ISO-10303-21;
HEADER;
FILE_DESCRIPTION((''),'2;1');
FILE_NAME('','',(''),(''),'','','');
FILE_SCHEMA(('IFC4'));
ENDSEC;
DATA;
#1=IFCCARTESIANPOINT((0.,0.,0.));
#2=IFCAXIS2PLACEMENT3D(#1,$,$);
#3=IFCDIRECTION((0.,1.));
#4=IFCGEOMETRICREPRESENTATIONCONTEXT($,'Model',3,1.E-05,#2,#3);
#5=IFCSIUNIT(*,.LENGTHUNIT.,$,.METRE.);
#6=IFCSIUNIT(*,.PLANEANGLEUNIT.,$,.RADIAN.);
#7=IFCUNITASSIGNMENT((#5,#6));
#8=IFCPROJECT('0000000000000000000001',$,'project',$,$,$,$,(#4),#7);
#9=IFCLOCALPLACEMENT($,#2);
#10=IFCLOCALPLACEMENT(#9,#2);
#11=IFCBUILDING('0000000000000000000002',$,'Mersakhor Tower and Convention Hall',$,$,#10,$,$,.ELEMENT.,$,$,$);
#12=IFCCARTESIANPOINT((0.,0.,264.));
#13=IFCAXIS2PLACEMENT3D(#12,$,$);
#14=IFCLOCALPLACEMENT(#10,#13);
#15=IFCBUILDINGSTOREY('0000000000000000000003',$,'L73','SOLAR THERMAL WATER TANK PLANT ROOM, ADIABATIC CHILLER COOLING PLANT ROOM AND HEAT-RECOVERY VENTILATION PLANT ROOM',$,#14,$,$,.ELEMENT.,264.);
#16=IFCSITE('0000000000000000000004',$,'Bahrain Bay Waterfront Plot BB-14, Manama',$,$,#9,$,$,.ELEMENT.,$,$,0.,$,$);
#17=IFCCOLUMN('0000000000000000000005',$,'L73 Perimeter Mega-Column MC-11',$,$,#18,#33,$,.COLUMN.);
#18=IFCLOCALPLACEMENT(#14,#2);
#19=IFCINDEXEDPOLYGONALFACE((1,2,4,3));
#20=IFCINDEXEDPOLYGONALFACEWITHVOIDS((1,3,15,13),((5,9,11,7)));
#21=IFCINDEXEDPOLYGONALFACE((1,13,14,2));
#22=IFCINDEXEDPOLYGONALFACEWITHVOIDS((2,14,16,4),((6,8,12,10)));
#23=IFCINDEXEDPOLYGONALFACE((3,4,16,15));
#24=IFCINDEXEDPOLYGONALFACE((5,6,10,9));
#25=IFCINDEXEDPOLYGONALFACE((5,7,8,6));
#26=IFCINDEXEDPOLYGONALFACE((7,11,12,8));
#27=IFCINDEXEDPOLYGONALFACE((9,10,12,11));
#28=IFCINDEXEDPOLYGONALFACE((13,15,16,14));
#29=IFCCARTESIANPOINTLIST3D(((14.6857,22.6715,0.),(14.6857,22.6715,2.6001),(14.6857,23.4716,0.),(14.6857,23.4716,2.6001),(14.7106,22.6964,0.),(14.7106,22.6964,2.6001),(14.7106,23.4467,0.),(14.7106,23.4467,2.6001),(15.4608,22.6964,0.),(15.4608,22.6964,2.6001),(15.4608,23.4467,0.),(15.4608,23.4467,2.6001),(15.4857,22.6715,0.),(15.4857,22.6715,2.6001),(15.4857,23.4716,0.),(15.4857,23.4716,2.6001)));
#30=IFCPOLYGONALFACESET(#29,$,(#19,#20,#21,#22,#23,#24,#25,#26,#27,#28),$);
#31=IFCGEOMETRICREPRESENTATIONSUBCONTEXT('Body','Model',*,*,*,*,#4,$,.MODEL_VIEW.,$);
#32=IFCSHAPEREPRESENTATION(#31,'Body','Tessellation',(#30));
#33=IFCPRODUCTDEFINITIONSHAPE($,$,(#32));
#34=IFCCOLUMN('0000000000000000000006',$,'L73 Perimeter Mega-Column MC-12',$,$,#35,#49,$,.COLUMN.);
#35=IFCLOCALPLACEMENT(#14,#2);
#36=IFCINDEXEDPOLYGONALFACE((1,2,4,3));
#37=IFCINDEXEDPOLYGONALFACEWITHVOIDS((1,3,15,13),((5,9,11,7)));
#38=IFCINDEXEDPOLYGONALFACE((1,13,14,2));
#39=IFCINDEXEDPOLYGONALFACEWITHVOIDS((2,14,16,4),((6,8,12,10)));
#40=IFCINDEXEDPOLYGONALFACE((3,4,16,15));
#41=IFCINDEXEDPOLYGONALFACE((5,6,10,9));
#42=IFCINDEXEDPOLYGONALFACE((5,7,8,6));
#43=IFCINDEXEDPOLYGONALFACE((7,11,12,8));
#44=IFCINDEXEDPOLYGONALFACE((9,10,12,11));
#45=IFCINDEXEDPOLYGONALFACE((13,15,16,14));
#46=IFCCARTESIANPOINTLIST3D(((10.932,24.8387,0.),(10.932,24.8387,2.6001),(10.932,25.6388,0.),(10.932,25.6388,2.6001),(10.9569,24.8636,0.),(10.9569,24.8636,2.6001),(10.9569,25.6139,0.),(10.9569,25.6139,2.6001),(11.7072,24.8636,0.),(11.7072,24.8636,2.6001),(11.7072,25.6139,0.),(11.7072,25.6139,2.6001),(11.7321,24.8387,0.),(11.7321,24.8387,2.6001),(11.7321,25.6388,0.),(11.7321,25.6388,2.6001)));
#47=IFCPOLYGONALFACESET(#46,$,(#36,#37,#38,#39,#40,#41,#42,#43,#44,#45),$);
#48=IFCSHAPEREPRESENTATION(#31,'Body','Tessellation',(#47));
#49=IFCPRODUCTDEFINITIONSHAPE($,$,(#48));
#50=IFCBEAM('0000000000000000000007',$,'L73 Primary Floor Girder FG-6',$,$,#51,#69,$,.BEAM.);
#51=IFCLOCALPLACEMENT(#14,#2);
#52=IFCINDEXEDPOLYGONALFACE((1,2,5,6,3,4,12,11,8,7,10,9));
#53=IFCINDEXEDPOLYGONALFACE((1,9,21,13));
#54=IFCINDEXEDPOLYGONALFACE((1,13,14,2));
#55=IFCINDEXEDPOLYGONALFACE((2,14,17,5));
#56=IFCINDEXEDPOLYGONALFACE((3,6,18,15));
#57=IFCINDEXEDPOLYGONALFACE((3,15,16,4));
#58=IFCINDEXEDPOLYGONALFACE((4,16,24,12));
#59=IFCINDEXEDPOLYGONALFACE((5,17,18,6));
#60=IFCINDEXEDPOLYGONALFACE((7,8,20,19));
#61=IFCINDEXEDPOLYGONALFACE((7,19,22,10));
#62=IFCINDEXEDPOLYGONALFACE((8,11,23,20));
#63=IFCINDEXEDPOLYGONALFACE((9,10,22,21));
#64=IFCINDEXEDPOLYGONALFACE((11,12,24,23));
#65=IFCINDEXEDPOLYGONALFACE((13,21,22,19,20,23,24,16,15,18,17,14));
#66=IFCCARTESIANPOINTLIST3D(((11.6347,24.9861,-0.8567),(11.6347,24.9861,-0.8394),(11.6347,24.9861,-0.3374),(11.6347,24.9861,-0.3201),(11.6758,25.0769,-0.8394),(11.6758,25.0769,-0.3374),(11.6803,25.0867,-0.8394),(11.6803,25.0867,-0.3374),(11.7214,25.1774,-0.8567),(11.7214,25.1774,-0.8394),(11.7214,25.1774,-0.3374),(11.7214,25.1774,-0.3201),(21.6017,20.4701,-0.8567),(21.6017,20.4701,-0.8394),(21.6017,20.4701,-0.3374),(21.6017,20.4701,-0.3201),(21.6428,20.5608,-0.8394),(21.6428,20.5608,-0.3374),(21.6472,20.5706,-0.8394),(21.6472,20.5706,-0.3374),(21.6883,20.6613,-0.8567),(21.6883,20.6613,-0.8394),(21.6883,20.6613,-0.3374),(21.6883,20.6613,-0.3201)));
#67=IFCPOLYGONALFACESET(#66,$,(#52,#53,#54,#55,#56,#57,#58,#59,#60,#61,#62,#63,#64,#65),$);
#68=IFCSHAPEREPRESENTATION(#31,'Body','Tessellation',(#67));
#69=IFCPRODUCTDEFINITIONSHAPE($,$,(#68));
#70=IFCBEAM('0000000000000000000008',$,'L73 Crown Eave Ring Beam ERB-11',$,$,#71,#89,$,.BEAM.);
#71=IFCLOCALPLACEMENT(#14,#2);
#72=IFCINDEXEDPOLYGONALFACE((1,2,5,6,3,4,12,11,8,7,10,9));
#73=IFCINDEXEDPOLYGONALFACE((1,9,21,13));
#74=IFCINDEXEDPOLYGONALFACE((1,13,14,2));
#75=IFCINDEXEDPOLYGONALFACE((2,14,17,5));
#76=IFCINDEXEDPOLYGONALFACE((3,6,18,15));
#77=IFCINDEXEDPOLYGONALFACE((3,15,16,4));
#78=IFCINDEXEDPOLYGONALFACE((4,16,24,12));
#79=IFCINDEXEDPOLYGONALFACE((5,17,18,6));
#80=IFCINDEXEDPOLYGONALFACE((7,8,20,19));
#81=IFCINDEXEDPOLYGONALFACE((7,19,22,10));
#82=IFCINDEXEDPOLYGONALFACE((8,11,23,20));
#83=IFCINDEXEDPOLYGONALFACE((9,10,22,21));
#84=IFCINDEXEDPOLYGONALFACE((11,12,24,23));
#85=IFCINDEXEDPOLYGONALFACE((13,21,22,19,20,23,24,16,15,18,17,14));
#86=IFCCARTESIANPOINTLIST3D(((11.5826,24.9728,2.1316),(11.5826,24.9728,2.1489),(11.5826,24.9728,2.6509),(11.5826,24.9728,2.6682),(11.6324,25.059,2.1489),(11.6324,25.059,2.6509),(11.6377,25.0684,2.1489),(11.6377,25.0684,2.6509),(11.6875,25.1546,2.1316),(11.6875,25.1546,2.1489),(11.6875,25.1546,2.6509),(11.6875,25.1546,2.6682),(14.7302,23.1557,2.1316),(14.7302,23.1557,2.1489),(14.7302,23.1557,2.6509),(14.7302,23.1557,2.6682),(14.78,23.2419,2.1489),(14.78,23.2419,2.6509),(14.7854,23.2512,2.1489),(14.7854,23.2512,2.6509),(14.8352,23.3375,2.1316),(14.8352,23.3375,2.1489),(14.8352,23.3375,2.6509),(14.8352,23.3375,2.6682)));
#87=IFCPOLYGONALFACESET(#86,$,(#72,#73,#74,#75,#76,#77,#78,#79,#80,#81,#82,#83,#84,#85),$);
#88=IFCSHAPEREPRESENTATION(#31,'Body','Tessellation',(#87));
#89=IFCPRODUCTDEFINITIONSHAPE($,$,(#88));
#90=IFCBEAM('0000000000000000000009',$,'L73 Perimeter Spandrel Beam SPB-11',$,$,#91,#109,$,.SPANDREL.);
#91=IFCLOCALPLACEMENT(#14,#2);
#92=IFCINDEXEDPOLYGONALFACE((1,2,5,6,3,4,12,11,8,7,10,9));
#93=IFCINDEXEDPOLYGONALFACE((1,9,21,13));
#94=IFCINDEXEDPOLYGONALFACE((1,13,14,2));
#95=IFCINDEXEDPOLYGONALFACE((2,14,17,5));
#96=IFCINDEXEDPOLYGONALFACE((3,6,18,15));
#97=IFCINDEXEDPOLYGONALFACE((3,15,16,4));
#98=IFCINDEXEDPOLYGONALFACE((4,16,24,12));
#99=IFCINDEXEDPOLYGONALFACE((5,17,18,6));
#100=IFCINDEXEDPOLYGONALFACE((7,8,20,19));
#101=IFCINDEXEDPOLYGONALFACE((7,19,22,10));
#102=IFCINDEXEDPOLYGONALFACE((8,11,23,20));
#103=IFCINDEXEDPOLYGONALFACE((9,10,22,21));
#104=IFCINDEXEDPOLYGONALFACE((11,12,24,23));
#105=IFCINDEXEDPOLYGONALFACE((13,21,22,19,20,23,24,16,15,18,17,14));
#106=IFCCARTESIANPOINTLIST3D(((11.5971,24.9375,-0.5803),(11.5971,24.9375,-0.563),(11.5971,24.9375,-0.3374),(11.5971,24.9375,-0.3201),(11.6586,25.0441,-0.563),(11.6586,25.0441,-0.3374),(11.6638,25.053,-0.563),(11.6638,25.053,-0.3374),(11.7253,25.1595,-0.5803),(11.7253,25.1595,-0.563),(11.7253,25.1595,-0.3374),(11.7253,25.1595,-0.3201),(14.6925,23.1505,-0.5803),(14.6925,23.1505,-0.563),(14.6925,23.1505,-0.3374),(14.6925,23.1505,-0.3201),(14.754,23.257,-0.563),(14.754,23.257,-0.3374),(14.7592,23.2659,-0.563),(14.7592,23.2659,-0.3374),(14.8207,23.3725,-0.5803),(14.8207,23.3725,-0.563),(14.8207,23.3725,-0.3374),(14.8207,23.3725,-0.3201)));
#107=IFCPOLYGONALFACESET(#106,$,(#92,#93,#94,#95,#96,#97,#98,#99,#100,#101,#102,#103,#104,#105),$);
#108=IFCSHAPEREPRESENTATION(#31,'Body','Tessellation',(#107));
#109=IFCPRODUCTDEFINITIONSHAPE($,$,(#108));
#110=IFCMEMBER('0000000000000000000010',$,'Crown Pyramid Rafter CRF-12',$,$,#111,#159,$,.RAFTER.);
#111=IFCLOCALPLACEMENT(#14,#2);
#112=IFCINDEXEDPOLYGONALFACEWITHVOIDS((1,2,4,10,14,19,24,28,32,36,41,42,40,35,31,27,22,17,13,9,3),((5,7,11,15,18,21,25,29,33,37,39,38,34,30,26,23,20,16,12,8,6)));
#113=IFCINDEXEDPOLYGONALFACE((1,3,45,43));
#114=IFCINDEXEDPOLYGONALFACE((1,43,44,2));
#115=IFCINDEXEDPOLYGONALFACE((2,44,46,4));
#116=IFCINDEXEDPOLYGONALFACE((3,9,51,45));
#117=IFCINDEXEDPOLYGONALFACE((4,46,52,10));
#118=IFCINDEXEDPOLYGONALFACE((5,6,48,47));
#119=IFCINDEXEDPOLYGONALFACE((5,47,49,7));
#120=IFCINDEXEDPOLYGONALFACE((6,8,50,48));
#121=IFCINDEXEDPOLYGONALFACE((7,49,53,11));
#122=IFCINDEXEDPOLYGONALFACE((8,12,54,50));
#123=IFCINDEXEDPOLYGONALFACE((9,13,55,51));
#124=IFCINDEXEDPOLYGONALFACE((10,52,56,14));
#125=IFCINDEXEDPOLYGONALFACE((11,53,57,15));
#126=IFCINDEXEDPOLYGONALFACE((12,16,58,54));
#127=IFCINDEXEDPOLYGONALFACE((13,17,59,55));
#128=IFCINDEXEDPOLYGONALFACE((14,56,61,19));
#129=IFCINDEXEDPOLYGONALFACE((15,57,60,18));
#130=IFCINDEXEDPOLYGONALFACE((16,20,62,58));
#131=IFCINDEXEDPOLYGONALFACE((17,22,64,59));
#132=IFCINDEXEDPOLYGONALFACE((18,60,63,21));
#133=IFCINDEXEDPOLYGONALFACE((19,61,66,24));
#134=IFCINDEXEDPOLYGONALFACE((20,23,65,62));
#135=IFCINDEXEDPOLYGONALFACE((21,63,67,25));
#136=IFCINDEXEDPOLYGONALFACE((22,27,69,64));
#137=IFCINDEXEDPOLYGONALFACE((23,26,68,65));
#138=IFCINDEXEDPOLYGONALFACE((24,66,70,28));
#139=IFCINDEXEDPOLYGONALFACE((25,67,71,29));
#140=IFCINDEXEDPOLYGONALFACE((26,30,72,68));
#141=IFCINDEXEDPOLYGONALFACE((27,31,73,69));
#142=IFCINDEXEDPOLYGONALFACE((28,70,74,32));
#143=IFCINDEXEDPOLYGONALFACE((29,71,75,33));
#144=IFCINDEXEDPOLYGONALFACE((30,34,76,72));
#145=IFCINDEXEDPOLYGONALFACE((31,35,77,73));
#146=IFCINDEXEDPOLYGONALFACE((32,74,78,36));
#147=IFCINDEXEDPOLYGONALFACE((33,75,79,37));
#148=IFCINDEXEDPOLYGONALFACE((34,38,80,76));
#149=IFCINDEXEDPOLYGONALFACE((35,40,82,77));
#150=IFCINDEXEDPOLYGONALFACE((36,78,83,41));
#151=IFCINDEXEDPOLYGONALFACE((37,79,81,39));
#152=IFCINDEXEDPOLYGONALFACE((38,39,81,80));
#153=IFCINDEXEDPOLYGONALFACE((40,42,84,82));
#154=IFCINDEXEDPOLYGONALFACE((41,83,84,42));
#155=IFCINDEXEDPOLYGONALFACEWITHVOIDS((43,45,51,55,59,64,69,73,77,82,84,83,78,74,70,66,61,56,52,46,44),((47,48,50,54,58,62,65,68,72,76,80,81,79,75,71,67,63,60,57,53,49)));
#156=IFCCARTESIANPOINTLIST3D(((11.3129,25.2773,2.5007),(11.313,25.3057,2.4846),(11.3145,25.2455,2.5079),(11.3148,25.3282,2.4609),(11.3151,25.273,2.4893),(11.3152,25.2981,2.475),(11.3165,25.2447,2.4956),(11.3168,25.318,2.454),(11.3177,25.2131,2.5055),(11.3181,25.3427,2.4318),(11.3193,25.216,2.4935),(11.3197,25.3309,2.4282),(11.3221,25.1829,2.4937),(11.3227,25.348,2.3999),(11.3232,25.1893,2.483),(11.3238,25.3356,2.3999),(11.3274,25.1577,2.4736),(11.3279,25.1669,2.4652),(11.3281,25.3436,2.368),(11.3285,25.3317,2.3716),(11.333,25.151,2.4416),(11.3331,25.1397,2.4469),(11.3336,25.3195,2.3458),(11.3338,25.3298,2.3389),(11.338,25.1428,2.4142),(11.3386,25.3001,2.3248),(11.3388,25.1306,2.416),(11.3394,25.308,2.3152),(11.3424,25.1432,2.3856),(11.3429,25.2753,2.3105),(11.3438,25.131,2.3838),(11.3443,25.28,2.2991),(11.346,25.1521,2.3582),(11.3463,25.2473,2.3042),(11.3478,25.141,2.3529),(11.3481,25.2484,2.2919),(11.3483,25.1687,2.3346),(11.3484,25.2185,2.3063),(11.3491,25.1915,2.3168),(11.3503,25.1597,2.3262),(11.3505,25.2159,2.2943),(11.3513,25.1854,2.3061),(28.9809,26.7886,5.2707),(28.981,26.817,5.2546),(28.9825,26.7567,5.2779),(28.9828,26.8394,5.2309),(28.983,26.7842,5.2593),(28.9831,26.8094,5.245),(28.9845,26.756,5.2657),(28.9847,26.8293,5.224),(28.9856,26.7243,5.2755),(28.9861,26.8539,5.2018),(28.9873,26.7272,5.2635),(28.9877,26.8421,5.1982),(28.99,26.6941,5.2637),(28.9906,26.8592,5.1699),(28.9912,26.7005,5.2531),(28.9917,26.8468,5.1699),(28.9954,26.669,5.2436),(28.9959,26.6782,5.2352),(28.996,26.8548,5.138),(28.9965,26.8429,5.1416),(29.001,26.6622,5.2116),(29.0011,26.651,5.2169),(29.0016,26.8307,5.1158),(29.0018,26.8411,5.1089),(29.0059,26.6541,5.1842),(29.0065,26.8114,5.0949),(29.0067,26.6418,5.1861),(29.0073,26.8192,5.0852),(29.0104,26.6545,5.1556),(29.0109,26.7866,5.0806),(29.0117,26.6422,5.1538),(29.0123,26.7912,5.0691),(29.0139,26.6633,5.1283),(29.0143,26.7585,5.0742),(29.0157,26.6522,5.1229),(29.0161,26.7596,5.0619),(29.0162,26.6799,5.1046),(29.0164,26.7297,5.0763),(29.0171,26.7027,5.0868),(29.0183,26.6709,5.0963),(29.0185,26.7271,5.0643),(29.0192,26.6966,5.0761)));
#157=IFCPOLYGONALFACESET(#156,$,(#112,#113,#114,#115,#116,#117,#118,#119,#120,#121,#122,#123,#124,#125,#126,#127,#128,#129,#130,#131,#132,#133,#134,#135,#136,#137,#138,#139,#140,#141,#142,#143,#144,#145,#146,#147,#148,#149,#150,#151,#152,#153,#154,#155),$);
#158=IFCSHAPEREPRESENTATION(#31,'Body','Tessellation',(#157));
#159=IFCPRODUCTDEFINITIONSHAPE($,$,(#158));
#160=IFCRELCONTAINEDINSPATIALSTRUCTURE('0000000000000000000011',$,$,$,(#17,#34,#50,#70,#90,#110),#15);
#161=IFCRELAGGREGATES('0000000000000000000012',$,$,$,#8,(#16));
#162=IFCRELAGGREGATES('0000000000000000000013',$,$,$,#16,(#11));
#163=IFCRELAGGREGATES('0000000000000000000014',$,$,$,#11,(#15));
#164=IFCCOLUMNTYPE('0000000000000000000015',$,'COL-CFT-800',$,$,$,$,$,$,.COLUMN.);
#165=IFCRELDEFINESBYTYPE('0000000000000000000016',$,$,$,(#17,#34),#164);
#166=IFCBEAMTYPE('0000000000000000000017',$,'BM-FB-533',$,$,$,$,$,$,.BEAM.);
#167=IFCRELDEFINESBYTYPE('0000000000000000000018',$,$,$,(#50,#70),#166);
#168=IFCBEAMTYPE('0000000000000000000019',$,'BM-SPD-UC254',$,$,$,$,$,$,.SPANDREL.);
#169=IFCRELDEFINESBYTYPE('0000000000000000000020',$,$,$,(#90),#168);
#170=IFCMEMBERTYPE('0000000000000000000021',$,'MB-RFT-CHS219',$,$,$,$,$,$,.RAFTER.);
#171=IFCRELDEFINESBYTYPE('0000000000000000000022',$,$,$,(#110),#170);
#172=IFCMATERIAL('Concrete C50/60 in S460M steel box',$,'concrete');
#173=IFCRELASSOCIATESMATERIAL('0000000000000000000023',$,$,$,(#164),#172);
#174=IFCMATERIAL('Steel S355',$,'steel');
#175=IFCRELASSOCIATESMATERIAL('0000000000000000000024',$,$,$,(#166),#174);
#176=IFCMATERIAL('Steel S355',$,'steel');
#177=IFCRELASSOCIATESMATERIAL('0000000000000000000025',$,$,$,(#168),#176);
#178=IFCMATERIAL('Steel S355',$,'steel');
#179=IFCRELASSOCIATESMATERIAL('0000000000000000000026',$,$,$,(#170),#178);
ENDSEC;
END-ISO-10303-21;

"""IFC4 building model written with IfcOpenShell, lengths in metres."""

from ifc_helpers import new_model, si_unit, direction, frame, origin, origin_2d, place, context, subcontext, project, spatial, hollow_rectangle, hollow_circle, i_section, extrude, material, material_profile, profile_set, type_object, element, save


model = new_model("IFC4")

# Units and contexts
model_context = context("Model", 3, precision=1e-05, world=origin(), true_north=direction((0.0, 1.0)))
body_context = subcontext(model_context, "Body", "Model", "MODEL_VIEW")
ifc_project = project(units=[si_unit("LENGTHUNIT", "METRE"), si_unit("PLANEANGLEUNIT", "RADIAN")], contexts=[model_context])

# Site, building, storey
site_placement = place(None, origin())
site = spatial("IfcSite", under=ifc_project, at=site_placement, Name="Bahrain Bay Waterfront Plot BB-14, Manama", CompositionType="ELEMENT", RefElevation=0.0)
building_placement = place(site_placement, origin())
building = spatial("IfcBuilding", under=site, at=building_placement, Name="Mersakhor Tower and Convention Hall", CompositionType="ELEMENT")
storey_placement = place(building_placement, frame((0.0, 0.0, 264.0)))
storey = spatial("IfcBuildingStorey", under=building, at=storey_placement, Name="L73", Description="SOLAR THERMAL WATER TANK PLANT ROOM, ADIABATIC CHILLER COOLING PLANT ROOM AND HEAT-RECOVERY VENTILATION PLANT ROOM", CompositionType="ELEMENT", Elevation=264.0)

# Columns
ifc_material_1 = material(Name="Concrete C50/60 in S460M steel box", Category="concrete")
ifc_material_profile_1 = material_profile(ifc_material_1, hollow_rectangle(XDim=0.8, YDim=0.8, WallThickness=0.0249, at=origin_2d()), Name="SHS 800x800x25")
ifc_profile_set_1 = profile_set([ifc_material_profile_1], Name="Concrete C50/60 in S460M steel box")
column_type = type_object("IfcColumnType", Name="COL-CFT-800", PredefinedType="COLUMN", material=ifc_profile_set_1)
for number, where, z_axis, x_axis, name in (
    (1, (15.0857, 23.0715, 0.0), (0.0, 0.0, 1.0), (1.0, 0.0, 0.0), "L73 Perimeter Mega-Column MC-11"),
    (2, (11.332, 25.2388, 0.0), (0.0, 0.0, 1.0), (1.0, 0.0, 0.0), "L73 Perimeter Mega-Column MC-12"),
):
    element("IfcColumn", number, at=place(storey_placement, frame(where, z_axis=z_axis, x_axis=x_axis)), inside=storey, type_object=column_type, Name=name, PredefinedType="COLUMN", context=body_context, shape_type="SweptSolid", body=[
        extrude(hollow_rectangle(XDim=0.8, YDim=0.8, WallThickness=0.0249, at=origin_2d()), origin(), (0.0, 0.0, 1.0), 2.6001),
    ])

# Beams
ifc_material_2 = material(Name="Steel S355", Category="steel")
ifc_material_profile_2 = material_profile(ifc_material_2, i_section(OverallWidth=0.21, OverallDepth=0.5366, WebThickness=0.0107, FlangeThickness=0.0173, at=origin_2d()), Name="UB 533x210x101")
ifc_profile_set_2 = profile_set([ifc_material_profile_2], Name="Steel S355")
beam_type_1 = type_object("IfcBeamType", Name="BM-FB-533", PredefinedType="BEAM", material=ifc_profile_set_2)
beam_1_placement = place(storey_placement, frame((21.645, 20.5657, -0.5884), z_axis=(-0.91086, 0.412715, 0.0), x_axis=(-0.412715, -0.91086, 0.0)))
element("IfcBeam", 3, at=beam_1_placement, inside=storey, type_object=beam_type_1, Name="L73 Primary Floor Girder FG-6", PredefinedType="BEAM", context=body_context, shape_type="SweptSolid", body=[
    extrude(i_section(OverallWidth=0.21, OverallDepth=0.5366, WebThickness=0.0107, FlangeThickness=0.0173, at=origin_2d()), origin(), (0.0, 0.0, 1.0), 10.9424),
])
beam_2_placement = place(storey_placement, frame((14.7827, 23.2466, 2.3999), z_axis=(-0.866048, 0.499961, 0.0), x_axis=(-0.499961, -0.866048, 0.0)))
element("IfcBeam", 4, at=beam_2_placement, inside=storey, type_object=beam_type_1, Name="L73 Crown Eave Ring Beam ERB-11", PredefinedType="BEAM", context=body_context, shape_type="SweptSolid", body=[
    extrude(i_section(OverallWidth=0.21, OverallDepth=0.5366, WebThickness=0.0107, FlangeThickness=0.0173, at=origin_2d()), origin(), (0.0, 0.0, 1.0), 3.6345),
])
ifc_material_3 = material(Name="Steel S355", Category="steel")
ifc_material_profile_3 = material_profile(ifc_material_3, i_section(OverallWidth=0.2563, OverallDepth=0.2603, WebThickness=0.0103, FlangeThickness=0.0173, at=origin_2d()), Name="UC 254x254x89")
ifc_profile_set_3 = profile_set([ifc_material_profile_3], Name="Steel S355")
beam_type_2 = type_object("IfcBeamType", Name="BM-SPD-UC254", PredefinedType="SPANDREL", material=ifc_profile_set_3)
beam_3_placement = place(storey_placement, frame((14.7566, 23.2615, -0.4502), z_axis=(-0.866032, 0.499989, 0.0), x_axis=(-0.499989, -0.866032, 0.0)))
element("IfcBeam", 5, at=beam_3_placement, inside=storey, type_object=beam_type_2, Name="L73 Perimeter Spandrel Beam SPB-11", PredefinedType="SPANDREL", context=body_context, shape_type="SweptSolid", body=[
    extrude(i_section(OverallWidth=0.2563, OverallDepth=0.2603, WebThickness=0.0103, FlangeThickness=0.0173, at=origin_2d()), origin(), (0.0, 0.0, 1.0), 3.5742),
])

# Member
ifc_material_4 = material(Name="Steel S355", Category="steel")
ifc_material_profile_4 = material_profile(ifc_material_4, hollow_circle(Radius=0.1096, WallThickness=0.0125, at=origin_2d()), Name="CHS 219.1x12.5")
ifc_profile_set_4 = profile_set([ifc_material_profile_4], Name="Steel S355")
member_type_1 = type_object("IfcMemberType", Name="MB-RFT-CHS219", PredefinedType="RAFTER", material=ifc_profile_set_4)
member_1_placement = place(storey_placement, frame((11.332, 25.2388, 2.3999), z_axis=(0.984423, 0.084203, 0.15434), x_axis=(-0.085224, 0.996362, 0.0)))
element("IfcMember", 6, at=member_1_placement, inside=storey, type_object=member_type_1, Name="Crown Pyramid Rafter CRF-12", PredefinedType="RAFTER", context=body_context, shape_type="SweptSolid", body=[
    extrude(hollow_circle(Radius=0.1096, WallThickness=0.0125, at=origin_2d()), origin(), (0.0, 0.0, 1.0), 17.9475),
])

save(model, "model.ifc")
